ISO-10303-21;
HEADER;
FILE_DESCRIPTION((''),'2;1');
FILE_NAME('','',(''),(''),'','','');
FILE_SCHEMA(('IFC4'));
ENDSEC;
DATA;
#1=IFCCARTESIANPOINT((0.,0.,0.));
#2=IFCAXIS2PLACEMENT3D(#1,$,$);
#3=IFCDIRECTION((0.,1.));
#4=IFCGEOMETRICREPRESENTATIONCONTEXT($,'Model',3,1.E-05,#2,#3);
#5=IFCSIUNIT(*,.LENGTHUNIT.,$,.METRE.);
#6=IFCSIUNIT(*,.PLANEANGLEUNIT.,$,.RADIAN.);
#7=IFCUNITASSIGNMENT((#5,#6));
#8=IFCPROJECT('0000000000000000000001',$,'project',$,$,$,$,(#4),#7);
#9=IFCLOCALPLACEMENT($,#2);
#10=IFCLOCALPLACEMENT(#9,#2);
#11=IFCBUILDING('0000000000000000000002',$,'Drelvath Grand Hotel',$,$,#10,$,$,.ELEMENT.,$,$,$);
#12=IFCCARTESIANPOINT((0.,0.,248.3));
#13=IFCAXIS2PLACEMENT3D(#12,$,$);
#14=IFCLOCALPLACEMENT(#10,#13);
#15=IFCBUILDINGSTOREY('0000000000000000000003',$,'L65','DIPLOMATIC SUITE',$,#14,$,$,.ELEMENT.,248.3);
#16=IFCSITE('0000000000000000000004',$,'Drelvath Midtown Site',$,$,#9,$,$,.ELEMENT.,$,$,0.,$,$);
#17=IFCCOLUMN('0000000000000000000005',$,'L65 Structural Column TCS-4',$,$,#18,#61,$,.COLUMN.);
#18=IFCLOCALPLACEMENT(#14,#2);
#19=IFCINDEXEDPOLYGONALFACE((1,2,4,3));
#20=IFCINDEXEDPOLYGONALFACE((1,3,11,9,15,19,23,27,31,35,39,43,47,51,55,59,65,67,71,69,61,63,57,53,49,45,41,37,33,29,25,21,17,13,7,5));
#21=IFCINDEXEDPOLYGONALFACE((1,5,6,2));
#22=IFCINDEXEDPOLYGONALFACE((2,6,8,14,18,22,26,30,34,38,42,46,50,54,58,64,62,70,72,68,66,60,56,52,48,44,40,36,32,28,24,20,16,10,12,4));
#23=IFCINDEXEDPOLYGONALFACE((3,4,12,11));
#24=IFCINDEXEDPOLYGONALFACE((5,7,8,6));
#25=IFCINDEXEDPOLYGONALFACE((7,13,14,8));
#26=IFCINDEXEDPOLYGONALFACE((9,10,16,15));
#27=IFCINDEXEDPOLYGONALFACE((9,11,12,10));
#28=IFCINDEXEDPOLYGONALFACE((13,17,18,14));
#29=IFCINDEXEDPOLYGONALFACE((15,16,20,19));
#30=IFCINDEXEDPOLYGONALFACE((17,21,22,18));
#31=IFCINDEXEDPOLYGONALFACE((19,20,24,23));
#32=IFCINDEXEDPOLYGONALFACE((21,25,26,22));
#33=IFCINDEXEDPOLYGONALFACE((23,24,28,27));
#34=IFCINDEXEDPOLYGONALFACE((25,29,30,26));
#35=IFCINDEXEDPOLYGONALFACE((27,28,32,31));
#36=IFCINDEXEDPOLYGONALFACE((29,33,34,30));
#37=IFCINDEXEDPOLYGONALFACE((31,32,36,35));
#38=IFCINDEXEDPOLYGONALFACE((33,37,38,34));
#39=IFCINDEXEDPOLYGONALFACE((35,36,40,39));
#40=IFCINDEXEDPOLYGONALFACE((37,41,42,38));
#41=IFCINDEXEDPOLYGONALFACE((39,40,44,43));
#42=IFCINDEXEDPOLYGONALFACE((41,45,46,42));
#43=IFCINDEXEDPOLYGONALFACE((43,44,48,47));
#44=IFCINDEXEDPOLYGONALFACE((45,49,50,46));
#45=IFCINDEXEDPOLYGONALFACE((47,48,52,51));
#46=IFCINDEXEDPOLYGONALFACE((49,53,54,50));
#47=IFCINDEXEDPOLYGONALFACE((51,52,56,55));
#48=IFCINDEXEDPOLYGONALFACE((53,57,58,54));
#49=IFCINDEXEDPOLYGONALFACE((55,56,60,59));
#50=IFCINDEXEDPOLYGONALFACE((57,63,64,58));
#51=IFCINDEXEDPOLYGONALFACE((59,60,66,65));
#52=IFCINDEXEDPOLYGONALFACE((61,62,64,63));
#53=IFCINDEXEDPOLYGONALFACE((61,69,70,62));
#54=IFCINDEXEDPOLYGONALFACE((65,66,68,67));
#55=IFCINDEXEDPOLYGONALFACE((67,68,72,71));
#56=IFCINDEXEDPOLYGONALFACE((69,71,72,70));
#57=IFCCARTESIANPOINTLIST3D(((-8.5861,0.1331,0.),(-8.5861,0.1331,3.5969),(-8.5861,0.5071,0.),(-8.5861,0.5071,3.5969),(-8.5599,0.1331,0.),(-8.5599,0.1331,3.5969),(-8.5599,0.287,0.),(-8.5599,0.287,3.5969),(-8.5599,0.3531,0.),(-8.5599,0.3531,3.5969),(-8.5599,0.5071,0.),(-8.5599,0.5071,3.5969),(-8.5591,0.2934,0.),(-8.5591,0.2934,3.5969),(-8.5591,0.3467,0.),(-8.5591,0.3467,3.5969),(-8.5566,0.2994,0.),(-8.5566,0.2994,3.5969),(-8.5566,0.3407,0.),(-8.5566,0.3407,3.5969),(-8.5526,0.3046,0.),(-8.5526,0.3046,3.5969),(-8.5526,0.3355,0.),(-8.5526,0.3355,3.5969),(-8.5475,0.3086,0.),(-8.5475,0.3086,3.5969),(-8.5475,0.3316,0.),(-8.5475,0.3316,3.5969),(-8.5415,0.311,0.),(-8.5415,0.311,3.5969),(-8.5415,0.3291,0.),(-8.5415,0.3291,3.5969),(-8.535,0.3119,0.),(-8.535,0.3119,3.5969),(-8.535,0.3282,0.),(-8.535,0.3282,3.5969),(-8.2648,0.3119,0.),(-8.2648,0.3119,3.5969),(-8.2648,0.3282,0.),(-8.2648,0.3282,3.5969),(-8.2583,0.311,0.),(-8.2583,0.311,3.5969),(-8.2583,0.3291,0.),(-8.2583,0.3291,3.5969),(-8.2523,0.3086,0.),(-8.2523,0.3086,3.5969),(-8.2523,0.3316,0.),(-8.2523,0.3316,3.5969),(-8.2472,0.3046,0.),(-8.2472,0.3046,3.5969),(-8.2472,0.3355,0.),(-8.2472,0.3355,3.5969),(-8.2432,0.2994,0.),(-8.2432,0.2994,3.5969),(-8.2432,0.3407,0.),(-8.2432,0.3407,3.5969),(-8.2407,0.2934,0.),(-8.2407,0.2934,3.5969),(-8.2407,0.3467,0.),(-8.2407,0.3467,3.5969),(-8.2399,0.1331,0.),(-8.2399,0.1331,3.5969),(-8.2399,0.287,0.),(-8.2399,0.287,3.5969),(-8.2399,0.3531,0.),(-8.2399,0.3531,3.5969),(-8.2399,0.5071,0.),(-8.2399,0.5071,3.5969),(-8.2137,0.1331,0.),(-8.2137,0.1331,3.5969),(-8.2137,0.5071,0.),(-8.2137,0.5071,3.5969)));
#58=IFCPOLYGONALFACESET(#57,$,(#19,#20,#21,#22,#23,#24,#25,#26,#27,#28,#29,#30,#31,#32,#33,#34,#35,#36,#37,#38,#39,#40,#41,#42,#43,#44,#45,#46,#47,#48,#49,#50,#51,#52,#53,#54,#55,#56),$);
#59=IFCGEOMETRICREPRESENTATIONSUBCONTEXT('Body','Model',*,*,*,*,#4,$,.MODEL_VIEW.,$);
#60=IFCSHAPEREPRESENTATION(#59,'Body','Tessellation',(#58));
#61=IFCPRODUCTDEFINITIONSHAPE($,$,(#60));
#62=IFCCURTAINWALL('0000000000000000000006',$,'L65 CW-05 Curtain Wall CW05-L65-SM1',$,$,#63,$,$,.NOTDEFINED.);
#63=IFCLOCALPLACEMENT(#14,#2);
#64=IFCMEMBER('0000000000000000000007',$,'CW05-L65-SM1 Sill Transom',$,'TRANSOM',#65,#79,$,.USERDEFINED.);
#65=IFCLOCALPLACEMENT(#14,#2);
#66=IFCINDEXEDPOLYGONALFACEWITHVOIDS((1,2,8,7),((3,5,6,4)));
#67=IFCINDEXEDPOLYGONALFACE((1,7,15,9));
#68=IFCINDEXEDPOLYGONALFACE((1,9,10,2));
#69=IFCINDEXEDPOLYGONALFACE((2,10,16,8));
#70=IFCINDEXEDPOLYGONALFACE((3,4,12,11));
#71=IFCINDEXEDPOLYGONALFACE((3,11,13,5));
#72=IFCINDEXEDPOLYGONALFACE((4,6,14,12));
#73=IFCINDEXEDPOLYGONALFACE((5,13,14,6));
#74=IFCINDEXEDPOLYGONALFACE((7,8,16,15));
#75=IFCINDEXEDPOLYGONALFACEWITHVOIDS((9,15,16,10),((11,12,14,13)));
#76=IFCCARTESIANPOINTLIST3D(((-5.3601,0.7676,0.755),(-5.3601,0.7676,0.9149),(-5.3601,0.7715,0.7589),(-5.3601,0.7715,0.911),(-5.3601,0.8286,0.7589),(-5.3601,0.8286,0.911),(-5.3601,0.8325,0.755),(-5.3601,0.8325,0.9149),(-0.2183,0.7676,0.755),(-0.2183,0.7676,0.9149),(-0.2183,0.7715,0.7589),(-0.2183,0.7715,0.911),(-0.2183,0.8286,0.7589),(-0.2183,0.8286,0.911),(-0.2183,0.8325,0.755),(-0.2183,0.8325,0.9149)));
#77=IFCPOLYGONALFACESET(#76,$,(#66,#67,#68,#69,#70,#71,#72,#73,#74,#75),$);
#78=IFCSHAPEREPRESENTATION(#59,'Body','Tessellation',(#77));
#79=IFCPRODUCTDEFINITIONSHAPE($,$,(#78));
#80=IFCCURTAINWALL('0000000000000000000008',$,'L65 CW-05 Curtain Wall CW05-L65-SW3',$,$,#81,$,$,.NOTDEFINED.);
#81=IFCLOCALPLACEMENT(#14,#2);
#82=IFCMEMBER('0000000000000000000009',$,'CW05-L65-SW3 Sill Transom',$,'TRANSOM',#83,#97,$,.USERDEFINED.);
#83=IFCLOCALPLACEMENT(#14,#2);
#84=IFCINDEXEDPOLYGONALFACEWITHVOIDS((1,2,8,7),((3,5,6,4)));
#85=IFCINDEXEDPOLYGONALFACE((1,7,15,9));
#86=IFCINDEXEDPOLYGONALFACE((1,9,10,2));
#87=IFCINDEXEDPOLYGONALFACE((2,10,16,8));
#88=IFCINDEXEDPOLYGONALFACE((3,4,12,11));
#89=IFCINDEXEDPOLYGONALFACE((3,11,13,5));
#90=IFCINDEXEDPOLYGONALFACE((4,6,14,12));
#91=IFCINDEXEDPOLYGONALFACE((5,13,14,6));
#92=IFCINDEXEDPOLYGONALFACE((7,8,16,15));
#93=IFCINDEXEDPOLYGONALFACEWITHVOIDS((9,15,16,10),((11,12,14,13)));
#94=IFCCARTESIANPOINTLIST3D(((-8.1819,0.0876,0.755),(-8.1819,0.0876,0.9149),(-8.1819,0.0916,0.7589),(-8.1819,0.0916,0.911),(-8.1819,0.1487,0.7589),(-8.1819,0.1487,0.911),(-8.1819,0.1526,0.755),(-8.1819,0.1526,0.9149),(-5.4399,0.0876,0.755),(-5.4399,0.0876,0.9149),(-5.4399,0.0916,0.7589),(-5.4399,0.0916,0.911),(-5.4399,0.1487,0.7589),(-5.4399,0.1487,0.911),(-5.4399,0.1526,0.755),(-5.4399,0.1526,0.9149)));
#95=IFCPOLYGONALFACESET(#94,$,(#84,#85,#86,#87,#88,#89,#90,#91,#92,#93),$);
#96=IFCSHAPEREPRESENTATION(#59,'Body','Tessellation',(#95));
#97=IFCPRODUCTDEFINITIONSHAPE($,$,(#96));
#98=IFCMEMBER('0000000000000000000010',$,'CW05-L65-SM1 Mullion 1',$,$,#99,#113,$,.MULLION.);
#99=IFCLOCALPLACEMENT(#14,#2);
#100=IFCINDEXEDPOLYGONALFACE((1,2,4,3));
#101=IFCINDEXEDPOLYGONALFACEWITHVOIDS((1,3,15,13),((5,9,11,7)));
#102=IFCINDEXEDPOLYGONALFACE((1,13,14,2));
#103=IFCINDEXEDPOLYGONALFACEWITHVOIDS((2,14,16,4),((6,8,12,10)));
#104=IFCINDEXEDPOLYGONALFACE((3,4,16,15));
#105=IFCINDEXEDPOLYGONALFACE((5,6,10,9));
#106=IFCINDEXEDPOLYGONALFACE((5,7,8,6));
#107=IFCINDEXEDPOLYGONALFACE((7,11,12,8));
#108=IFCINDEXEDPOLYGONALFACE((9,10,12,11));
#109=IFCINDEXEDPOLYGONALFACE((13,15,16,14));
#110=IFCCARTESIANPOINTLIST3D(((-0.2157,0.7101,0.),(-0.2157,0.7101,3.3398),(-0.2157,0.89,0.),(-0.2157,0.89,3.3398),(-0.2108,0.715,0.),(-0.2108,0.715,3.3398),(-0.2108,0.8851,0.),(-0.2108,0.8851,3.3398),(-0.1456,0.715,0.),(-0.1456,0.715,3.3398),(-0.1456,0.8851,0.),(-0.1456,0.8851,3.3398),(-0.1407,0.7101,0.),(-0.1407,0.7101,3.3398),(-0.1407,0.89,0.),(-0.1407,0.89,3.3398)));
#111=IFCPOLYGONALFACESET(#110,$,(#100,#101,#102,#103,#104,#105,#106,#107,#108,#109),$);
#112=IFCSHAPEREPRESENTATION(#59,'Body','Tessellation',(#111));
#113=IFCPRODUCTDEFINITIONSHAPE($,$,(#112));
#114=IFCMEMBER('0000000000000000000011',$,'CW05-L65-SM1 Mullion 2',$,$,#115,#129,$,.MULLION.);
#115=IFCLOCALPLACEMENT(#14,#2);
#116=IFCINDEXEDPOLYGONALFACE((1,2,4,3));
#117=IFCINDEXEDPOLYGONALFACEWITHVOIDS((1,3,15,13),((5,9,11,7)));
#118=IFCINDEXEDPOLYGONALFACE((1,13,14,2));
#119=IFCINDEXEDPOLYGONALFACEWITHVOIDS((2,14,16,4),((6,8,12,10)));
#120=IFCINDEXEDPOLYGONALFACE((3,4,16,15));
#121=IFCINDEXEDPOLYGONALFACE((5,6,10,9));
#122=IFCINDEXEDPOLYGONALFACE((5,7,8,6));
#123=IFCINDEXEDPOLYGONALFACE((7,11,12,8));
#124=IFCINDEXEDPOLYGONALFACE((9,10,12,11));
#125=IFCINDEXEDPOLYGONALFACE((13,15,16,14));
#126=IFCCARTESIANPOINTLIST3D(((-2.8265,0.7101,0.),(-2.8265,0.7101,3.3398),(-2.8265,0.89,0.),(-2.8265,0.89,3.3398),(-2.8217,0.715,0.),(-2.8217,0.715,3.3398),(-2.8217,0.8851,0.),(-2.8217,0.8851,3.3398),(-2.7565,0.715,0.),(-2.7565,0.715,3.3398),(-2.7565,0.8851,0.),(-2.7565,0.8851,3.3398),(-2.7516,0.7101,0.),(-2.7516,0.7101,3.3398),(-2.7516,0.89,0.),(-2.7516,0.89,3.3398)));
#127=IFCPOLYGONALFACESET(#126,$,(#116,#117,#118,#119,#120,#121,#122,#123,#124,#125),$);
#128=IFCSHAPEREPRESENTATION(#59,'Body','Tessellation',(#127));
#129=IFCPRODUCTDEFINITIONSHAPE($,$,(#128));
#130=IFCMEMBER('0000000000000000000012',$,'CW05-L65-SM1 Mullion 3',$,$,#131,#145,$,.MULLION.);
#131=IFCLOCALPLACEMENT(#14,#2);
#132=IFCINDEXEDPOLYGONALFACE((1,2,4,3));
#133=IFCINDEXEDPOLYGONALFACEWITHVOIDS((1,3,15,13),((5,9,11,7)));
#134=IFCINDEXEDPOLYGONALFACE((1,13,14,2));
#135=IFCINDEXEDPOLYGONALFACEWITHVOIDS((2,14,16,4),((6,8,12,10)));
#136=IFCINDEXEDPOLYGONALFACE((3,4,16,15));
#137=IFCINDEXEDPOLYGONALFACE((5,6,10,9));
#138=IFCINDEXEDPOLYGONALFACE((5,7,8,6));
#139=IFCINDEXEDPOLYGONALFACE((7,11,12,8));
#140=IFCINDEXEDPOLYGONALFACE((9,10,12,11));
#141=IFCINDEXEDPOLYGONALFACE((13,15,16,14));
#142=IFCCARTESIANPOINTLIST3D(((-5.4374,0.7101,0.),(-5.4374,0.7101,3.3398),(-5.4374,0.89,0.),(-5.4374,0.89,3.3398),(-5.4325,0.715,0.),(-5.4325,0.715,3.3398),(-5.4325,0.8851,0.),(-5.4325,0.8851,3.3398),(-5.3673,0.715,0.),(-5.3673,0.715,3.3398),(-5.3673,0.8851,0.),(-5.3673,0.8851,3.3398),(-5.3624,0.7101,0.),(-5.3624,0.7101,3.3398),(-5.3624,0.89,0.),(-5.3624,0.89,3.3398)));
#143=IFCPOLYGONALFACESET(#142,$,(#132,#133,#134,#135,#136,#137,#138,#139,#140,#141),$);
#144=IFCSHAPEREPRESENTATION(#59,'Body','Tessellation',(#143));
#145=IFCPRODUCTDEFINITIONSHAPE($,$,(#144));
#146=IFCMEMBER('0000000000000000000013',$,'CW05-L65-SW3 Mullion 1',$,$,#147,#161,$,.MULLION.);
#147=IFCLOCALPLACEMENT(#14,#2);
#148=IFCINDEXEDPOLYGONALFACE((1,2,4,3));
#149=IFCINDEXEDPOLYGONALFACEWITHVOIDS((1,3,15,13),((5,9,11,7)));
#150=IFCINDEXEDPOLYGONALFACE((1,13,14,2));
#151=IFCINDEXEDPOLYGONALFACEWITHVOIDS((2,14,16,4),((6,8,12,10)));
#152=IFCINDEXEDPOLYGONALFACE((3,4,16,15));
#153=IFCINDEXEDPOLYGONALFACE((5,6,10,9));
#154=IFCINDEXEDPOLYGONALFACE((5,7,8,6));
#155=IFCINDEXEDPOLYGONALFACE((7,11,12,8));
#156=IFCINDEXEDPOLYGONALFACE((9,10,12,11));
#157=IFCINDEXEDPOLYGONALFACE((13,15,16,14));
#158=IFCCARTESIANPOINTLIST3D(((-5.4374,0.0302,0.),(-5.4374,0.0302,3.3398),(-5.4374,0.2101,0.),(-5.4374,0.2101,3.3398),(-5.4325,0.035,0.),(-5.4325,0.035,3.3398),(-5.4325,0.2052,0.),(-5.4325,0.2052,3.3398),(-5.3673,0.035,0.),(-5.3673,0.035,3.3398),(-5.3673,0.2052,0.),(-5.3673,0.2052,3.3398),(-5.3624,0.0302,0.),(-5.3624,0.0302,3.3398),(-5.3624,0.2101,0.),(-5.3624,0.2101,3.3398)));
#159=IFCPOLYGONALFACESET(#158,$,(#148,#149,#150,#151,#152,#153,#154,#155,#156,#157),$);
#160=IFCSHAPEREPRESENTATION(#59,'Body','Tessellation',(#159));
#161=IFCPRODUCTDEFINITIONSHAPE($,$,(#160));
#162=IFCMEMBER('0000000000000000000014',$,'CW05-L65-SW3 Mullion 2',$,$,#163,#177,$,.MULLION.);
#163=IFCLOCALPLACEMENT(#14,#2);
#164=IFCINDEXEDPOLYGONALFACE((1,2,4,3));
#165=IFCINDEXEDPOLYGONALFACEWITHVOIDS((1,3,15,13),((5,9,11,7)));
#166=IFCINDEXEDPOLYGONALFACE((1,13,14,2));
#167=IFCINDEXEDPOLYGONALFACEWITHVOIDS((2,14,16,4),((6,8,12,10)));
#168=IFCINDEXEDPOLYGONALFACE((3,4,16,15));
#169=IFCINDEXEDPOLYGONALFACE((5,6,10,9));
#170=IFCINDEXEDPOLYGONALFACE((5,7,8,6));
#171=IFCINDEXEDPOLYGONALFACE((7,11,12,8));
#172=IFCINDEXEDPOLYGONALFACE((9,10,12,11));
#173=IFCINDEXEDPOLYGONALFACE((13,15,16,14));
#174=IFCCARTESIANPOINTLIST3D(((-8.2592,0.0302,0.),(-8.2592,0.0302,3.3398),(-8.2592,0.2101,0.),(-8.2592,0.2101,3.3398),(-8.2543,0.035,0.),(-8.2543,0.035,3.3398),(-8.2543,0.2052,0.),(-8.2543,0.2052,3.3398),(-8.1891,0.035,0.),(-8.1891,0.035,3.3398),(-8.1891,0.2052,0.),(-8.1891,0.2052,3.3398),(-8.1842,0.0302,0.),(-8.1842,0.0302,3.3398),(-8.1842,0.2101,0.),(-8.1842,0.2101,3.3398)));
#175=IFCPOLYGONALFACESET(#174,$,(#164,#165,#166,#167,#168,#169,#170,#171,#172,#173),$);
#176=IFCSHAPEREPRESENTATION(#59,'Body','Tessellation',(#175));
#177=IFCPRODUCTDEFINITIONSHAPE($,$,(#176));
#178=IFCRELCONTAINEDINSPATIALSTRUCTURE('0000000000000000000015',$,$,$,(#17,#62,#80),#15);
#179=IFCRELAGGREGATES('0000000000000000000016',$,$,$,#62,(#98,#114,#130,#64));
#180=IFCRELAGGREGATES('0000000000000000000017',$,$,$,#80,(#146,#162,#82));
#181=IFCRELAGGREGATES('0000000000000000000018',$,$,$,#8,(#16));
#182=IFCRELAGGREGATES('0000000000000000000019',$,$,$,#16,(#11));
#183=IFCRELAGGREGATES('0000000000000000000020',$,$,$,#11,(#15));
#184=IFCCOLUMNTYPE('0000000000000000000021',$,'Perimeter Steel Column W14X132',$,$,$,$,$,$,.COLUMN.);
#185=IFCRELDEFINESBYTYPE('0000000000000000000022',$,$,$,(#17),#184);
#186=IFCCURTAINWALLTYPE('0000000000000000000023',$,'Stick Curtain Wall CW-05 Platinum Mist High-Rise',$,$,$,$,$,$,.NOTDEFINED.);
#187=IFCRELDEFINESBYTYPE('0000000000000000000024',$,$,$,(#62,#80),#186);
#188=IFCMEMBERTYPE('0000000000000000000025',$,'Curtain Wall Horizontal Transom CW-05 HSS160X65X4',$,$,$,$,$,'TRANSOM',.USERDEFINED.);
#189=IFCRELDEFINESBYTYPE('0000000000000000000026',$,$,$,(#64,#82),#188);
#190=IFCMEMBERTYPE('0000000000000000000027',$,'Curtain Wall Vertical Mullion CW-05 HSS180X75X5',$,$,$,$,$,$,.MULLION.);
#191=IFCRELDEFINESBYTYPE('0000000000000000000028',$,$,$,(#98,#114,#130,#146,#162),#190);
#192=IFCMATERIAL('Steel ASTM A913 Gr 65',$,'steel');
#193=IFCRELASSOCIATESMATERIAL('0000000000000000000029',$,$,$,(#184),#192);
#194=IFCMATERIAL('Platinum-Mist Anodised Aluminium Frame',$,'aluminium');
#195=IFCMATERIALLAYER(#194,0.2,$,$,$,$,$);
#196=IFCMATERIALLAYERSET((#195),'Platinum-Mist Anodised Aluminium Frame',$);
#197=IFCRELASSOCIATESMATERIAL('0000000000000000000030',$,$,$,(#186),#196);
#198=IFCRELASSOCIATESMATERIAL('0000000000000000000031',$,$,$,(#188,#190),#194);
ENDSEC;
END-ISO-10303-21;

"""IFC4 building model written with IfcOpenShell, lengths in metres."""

from ifc_helpers import new_model, si_unit, direction, frame, origin, origin_2d, place, context, subcontext, project, spatial, hollow_rectangle, i_section, extrude, material, layer, layer_set, material_profile, profile_set, type_object, element, aggregate, save


model = new_model("IFC4")

# Units and contexts
model_context = context("Model", 3, precision=1e-05, world=origin(), true_north=direction((0.0, 1.0)))
body_context = subcontext(model_context, "Body", "Model", "MODEL_VIEW")
ifc_project = project(units=[si_unit("LENGTHUNIT", "METRE"), si_unit("PLANEANGLEUNIT", "RADIAN")], contexts=[model_context])

# Site, building, storey
site_placement = place(None, origin())
site = spatial("IfcSite", under=ifc_project, at=site_placement, Name="Drelvath Midtown Site", CompositionType="ELEMENT", RefElevation=0.0)
building_placement = place(site_placement, origin())
building = spatial("IfcBuilding", under=site, at=building_placement, Name="Drelvath Grand Hotel", CompositionType="ELEMENT")
storey_placement = place(building_placement, frame((0.0, 0.0, 248.3)))
storey = spatial("IfcBuildingStorey", under=building, at=storey_placement, Name="L65", Description="DIPLOMATIC SUITE", CompositionType="ELEMENT", Elevation=248.3)

# Column
ifc_material_1 = material(Name="Steel ASTM A913 Gr 65", Category="steel")
ifc_material_profile_1 = material_profile(ifc_material_1, i_section(OverallWidth=0.374, OverallDepth=0.3723, WebThickness=0.0164, FlangeThickness=0.0261, FilletRadius=0.0249, at=origin_2d()), Name="W14X132")
ifc_profile_set_1 = profile_set([ifc_material_profile_1], Name="Steel ASTM A913 Gr 65")
column_type = type_object("IfcColumnType", Name="Perimeter Steel Column W14X132", PredefinedType="COLUMN", material=ifc_profile_set_1)
column_placement = place(storey_placement, frame((-8.3999, 0.3201, 0.0), z_axis=(0.0, 0.0, 1.0), x_axis=(0.0, 1.0, 0.0)))
element("IfcColumn", 1, at=column_placement, inside=storey, type_object=column_type, Name="L65 Structural Column TCS-4", PredefinedType="COLUMN", context=body_context, shape_type="SweptSolid", body=[
    extrude(i_section(OverallWidth=0.374, OverallDepth=0.3723, WebThickness=0.0164, FlangeThickness=0.0261, FilletRadius=0.0249, at=origin_2d()), origin(), (0.0, 0.0, 1.0), 3.5969),
])

# Curtain walls, members
ifc_material_2 = material(Name="Platinum-Mist Anodised Aluminium Frame", Category="aluminium")
ifc_layer_1 = layer(ifc_material_2, 0.2)
ifc_layer_set_1 = layer_set([ifc_layer_1], Name="Platinum-Mist Anodised Aluminium Frame")
curtain_wall_type = type_object("IfcCurtainWallType", Name="Stick Curtain Wall CW-05 Platinum Mist High-Rise", PredefinedType="NOTDEFINED", material=ifc_layer_set_1)
curtain_wall_1_placement = place(storey_placement, origin())
curtain_wall_1 = element("IfcCurtainWall", 2, at=curtain_wall_1_placement, inside=storey, type_object=curtain_wall_type, Name="L65 CW-05 Curtain Wall CW05-L65-SM1", PredefinedType="NOTDEFINED")
ifc_material_profile_2 = material_profile(ifc_material_2, hollow_rectangle(XDim=0.0649, YDim=0.1599, WallThickness=0.0039, at=origin_2d()), Name="HSS160X65X4")
ifc_profile_set_2 = profile_set([ifc_material_profile_2], Name="Platinum-Mist Anodised Aluminium Frame")
member_type_1 = type_object("IfcMemberType", Name="Curtain Wall Horizontal Transom CW-05 HSS160X65X4", ElementType="TRANSOM", PredefinedType="USERDEFINED", material=ifc_profile_set_2)
member_1_placement = place(storey_placement, frame((-0.2183, 0.8, 0.835), z_axis=(-1.0, 0.0, 0.0), x_axis=(0.0, -1.0, 0.0)))
member_1 = element("IfcMember", 3, at=member_1_placement, type_object=member_type_1, Name="CW05-L65-SM1 Sill Transom", ObjectType="TRANSOM", PredefinedType="USERDEFINED", context=body_context, shape_type="SweptSolid", body=[
    extrude(hollow_rectangle(XDim=0.0649, YDim=0.1599, WallThickness=0.0039, at=origin_2d()), origin(), (0.0, 0.0, 1.0), 5.1418),
])
curtain_wall_2_placement = place(storey_placement, origin())
curtain_wall_2 = element("IfcCurtainWall", 4, at=curtain_wall_2_placement, inside=storey, type_object=curtain_wall_type, Name="L65 CW-05 Curtain Wall CW05-L65-SW3", PredefinedType="NOTDEFINED")
member_2_placement = place(storey_placement, frame((-5.4399, 0.1201, 0.835), z_axis=(-1.0, 0.0, 0.0), x_axis=(0.0, -1.0, 0.0)))
member_2 = element("IfcMember", 5, at=member_2_placement, type_object=member_type_1, Name="CW05-L65-SW3 Sill Transom", ObjectType="TRANSOM", PredefinedType="USERDEFINED", context=body_context, shape_type="SweptSolid", body=[
    extrude(hollow_rectangle(XDim=0.0649, YDim=0.1599, WallThickness=0.0039, at=origin_2d()), origin(), (0.0, 0.0, 1.0), 2.7419),
])

# Members
ifc_material_profile_3 = material_profile(ifc_material_2, hollow_rectangle(XDim=0.075, YDim=0.1799, WallThickness=0.0049, at=origin_2d()), Name="HSS180X75X5")
ifc_profile_set_3 = profile_set([ifc_material_profile_3], Name="Platinum-Mist Anodised Aluminium Frame")
member_type_2 = type_object("IfcMemberType", Name="Curtain Wall Vertical Mullion CW-05 HSS180X75X5", PredefinedType="MULLION", material=ifc_profile_set_3)
member_3_placement = place(storey_placement, frame((-0.1782, 0.8, 0.0), z_axis=(0.0, 0.0, 1.0), x_axis=(1.0, 0.0, 0.0)))
member_3 = element("IfcMember", 6, at=member_3_placement, type_object=member_type_2, Name="CW05-L65-SM1 Mullion 1", PredefinedType="MULLION", context=body_context, shape_type="SweptSolid", body=[
    extrude(hollow_rectangle(XDim=0.075, YDim=0.1799, WallThickness=0.0049, at=origin_2d()), origin(), (0.0, 0.0, 1.0), 3.3398),
])
member_4_placement = place(storey_placement, frame((-2.7891, 0.8, 0.0), z_axis=(0.0, 0.0, 1.0), x_axis=(1.0, 0.0, 0.0)))
member_4 = element("IfcMember", 7, at=member_4_placement, type_object=member_type_2, Name="CW05-L65-SM1 Mullion 2", PredefinedType="MULLION", context=body_context, shape_type="SweptSolid", body=[
    extrude(hollow_rectangle(XDim=0.075, YDim=0.1799, WallThickness=0.0049, at=origin_2d()), origin(), (0.0, 0.0, 1.0), 3.3398),
])
member_5_placement = place(storey_placement, frame((-5.3999, 0.8, 0.0), z_axis=(0.0, 0.0, 1.0), x_axis=(1.0, 0.0, 0.0)))
member_5 = element("IfcMember", 8, at=member_5_placement, type_object=member_type_2, Name="CW05-L65-SM1 Mullion 3", PredefinedType="MULLION", context=body_context, shape_type="SweptSolid", body=[
    extrude(hollow_rectangle(XDim=0.075, YDim=0.1799, WallThickness=0.0049, at=origin_2d()), origin(), (0.0, 0.0, 1.0), 3.3398),
])
member_6_placement = place(storey_placement, frame((-5.3999, 0.1201, 0.0), z_axis=(0.0, 0.0, 1.0), x_axis=(1.0, 0.0, 0.0)))
member_6 = element("IfcMember", 9, at=member_6_placement, type_object=member_type_2, Name="CW05-L65-SW3 Mullion 1", PredefinedType="MULLION", context=body_context, shape_type="SweptSolid", body=[
    extrude(hollow_rectangle(XDim=0.075, YDim=0.1799, WallThickness=0.0049, at=origin_2d()), origin(), (0.0, 0.0, 1.0), 3.3398),
])
member_7_placement = place(storey_placement, frame((-8.2217, 0.1201, 0.0), z_axis=(0.0, 0.0, 1.0), x_axis=(1.0, 0.0, 0.0)))
member_7 = element("IfcMember", 10, at=member_7_placement, type_object=member_type_2, Name="CW05-L65-SW3 Mullion 2", PredefinedType="MULLION", context=body_context, shape_type="SweptSolid", body=[
    extrude(hollow_rectangle(XDim=0.075, YDim=0.1799, WallThickness=0.0049, at=origin_2d()), origin(), (0.0, 0.0, 1.0), 3.3398),
])

aggregate(curtain_wall_1, [member_3, member_4, member_5, member_1])
aggregate(curtain_wall_2, [member_6, member_7, member_2])

save(model, "model.ifc")
